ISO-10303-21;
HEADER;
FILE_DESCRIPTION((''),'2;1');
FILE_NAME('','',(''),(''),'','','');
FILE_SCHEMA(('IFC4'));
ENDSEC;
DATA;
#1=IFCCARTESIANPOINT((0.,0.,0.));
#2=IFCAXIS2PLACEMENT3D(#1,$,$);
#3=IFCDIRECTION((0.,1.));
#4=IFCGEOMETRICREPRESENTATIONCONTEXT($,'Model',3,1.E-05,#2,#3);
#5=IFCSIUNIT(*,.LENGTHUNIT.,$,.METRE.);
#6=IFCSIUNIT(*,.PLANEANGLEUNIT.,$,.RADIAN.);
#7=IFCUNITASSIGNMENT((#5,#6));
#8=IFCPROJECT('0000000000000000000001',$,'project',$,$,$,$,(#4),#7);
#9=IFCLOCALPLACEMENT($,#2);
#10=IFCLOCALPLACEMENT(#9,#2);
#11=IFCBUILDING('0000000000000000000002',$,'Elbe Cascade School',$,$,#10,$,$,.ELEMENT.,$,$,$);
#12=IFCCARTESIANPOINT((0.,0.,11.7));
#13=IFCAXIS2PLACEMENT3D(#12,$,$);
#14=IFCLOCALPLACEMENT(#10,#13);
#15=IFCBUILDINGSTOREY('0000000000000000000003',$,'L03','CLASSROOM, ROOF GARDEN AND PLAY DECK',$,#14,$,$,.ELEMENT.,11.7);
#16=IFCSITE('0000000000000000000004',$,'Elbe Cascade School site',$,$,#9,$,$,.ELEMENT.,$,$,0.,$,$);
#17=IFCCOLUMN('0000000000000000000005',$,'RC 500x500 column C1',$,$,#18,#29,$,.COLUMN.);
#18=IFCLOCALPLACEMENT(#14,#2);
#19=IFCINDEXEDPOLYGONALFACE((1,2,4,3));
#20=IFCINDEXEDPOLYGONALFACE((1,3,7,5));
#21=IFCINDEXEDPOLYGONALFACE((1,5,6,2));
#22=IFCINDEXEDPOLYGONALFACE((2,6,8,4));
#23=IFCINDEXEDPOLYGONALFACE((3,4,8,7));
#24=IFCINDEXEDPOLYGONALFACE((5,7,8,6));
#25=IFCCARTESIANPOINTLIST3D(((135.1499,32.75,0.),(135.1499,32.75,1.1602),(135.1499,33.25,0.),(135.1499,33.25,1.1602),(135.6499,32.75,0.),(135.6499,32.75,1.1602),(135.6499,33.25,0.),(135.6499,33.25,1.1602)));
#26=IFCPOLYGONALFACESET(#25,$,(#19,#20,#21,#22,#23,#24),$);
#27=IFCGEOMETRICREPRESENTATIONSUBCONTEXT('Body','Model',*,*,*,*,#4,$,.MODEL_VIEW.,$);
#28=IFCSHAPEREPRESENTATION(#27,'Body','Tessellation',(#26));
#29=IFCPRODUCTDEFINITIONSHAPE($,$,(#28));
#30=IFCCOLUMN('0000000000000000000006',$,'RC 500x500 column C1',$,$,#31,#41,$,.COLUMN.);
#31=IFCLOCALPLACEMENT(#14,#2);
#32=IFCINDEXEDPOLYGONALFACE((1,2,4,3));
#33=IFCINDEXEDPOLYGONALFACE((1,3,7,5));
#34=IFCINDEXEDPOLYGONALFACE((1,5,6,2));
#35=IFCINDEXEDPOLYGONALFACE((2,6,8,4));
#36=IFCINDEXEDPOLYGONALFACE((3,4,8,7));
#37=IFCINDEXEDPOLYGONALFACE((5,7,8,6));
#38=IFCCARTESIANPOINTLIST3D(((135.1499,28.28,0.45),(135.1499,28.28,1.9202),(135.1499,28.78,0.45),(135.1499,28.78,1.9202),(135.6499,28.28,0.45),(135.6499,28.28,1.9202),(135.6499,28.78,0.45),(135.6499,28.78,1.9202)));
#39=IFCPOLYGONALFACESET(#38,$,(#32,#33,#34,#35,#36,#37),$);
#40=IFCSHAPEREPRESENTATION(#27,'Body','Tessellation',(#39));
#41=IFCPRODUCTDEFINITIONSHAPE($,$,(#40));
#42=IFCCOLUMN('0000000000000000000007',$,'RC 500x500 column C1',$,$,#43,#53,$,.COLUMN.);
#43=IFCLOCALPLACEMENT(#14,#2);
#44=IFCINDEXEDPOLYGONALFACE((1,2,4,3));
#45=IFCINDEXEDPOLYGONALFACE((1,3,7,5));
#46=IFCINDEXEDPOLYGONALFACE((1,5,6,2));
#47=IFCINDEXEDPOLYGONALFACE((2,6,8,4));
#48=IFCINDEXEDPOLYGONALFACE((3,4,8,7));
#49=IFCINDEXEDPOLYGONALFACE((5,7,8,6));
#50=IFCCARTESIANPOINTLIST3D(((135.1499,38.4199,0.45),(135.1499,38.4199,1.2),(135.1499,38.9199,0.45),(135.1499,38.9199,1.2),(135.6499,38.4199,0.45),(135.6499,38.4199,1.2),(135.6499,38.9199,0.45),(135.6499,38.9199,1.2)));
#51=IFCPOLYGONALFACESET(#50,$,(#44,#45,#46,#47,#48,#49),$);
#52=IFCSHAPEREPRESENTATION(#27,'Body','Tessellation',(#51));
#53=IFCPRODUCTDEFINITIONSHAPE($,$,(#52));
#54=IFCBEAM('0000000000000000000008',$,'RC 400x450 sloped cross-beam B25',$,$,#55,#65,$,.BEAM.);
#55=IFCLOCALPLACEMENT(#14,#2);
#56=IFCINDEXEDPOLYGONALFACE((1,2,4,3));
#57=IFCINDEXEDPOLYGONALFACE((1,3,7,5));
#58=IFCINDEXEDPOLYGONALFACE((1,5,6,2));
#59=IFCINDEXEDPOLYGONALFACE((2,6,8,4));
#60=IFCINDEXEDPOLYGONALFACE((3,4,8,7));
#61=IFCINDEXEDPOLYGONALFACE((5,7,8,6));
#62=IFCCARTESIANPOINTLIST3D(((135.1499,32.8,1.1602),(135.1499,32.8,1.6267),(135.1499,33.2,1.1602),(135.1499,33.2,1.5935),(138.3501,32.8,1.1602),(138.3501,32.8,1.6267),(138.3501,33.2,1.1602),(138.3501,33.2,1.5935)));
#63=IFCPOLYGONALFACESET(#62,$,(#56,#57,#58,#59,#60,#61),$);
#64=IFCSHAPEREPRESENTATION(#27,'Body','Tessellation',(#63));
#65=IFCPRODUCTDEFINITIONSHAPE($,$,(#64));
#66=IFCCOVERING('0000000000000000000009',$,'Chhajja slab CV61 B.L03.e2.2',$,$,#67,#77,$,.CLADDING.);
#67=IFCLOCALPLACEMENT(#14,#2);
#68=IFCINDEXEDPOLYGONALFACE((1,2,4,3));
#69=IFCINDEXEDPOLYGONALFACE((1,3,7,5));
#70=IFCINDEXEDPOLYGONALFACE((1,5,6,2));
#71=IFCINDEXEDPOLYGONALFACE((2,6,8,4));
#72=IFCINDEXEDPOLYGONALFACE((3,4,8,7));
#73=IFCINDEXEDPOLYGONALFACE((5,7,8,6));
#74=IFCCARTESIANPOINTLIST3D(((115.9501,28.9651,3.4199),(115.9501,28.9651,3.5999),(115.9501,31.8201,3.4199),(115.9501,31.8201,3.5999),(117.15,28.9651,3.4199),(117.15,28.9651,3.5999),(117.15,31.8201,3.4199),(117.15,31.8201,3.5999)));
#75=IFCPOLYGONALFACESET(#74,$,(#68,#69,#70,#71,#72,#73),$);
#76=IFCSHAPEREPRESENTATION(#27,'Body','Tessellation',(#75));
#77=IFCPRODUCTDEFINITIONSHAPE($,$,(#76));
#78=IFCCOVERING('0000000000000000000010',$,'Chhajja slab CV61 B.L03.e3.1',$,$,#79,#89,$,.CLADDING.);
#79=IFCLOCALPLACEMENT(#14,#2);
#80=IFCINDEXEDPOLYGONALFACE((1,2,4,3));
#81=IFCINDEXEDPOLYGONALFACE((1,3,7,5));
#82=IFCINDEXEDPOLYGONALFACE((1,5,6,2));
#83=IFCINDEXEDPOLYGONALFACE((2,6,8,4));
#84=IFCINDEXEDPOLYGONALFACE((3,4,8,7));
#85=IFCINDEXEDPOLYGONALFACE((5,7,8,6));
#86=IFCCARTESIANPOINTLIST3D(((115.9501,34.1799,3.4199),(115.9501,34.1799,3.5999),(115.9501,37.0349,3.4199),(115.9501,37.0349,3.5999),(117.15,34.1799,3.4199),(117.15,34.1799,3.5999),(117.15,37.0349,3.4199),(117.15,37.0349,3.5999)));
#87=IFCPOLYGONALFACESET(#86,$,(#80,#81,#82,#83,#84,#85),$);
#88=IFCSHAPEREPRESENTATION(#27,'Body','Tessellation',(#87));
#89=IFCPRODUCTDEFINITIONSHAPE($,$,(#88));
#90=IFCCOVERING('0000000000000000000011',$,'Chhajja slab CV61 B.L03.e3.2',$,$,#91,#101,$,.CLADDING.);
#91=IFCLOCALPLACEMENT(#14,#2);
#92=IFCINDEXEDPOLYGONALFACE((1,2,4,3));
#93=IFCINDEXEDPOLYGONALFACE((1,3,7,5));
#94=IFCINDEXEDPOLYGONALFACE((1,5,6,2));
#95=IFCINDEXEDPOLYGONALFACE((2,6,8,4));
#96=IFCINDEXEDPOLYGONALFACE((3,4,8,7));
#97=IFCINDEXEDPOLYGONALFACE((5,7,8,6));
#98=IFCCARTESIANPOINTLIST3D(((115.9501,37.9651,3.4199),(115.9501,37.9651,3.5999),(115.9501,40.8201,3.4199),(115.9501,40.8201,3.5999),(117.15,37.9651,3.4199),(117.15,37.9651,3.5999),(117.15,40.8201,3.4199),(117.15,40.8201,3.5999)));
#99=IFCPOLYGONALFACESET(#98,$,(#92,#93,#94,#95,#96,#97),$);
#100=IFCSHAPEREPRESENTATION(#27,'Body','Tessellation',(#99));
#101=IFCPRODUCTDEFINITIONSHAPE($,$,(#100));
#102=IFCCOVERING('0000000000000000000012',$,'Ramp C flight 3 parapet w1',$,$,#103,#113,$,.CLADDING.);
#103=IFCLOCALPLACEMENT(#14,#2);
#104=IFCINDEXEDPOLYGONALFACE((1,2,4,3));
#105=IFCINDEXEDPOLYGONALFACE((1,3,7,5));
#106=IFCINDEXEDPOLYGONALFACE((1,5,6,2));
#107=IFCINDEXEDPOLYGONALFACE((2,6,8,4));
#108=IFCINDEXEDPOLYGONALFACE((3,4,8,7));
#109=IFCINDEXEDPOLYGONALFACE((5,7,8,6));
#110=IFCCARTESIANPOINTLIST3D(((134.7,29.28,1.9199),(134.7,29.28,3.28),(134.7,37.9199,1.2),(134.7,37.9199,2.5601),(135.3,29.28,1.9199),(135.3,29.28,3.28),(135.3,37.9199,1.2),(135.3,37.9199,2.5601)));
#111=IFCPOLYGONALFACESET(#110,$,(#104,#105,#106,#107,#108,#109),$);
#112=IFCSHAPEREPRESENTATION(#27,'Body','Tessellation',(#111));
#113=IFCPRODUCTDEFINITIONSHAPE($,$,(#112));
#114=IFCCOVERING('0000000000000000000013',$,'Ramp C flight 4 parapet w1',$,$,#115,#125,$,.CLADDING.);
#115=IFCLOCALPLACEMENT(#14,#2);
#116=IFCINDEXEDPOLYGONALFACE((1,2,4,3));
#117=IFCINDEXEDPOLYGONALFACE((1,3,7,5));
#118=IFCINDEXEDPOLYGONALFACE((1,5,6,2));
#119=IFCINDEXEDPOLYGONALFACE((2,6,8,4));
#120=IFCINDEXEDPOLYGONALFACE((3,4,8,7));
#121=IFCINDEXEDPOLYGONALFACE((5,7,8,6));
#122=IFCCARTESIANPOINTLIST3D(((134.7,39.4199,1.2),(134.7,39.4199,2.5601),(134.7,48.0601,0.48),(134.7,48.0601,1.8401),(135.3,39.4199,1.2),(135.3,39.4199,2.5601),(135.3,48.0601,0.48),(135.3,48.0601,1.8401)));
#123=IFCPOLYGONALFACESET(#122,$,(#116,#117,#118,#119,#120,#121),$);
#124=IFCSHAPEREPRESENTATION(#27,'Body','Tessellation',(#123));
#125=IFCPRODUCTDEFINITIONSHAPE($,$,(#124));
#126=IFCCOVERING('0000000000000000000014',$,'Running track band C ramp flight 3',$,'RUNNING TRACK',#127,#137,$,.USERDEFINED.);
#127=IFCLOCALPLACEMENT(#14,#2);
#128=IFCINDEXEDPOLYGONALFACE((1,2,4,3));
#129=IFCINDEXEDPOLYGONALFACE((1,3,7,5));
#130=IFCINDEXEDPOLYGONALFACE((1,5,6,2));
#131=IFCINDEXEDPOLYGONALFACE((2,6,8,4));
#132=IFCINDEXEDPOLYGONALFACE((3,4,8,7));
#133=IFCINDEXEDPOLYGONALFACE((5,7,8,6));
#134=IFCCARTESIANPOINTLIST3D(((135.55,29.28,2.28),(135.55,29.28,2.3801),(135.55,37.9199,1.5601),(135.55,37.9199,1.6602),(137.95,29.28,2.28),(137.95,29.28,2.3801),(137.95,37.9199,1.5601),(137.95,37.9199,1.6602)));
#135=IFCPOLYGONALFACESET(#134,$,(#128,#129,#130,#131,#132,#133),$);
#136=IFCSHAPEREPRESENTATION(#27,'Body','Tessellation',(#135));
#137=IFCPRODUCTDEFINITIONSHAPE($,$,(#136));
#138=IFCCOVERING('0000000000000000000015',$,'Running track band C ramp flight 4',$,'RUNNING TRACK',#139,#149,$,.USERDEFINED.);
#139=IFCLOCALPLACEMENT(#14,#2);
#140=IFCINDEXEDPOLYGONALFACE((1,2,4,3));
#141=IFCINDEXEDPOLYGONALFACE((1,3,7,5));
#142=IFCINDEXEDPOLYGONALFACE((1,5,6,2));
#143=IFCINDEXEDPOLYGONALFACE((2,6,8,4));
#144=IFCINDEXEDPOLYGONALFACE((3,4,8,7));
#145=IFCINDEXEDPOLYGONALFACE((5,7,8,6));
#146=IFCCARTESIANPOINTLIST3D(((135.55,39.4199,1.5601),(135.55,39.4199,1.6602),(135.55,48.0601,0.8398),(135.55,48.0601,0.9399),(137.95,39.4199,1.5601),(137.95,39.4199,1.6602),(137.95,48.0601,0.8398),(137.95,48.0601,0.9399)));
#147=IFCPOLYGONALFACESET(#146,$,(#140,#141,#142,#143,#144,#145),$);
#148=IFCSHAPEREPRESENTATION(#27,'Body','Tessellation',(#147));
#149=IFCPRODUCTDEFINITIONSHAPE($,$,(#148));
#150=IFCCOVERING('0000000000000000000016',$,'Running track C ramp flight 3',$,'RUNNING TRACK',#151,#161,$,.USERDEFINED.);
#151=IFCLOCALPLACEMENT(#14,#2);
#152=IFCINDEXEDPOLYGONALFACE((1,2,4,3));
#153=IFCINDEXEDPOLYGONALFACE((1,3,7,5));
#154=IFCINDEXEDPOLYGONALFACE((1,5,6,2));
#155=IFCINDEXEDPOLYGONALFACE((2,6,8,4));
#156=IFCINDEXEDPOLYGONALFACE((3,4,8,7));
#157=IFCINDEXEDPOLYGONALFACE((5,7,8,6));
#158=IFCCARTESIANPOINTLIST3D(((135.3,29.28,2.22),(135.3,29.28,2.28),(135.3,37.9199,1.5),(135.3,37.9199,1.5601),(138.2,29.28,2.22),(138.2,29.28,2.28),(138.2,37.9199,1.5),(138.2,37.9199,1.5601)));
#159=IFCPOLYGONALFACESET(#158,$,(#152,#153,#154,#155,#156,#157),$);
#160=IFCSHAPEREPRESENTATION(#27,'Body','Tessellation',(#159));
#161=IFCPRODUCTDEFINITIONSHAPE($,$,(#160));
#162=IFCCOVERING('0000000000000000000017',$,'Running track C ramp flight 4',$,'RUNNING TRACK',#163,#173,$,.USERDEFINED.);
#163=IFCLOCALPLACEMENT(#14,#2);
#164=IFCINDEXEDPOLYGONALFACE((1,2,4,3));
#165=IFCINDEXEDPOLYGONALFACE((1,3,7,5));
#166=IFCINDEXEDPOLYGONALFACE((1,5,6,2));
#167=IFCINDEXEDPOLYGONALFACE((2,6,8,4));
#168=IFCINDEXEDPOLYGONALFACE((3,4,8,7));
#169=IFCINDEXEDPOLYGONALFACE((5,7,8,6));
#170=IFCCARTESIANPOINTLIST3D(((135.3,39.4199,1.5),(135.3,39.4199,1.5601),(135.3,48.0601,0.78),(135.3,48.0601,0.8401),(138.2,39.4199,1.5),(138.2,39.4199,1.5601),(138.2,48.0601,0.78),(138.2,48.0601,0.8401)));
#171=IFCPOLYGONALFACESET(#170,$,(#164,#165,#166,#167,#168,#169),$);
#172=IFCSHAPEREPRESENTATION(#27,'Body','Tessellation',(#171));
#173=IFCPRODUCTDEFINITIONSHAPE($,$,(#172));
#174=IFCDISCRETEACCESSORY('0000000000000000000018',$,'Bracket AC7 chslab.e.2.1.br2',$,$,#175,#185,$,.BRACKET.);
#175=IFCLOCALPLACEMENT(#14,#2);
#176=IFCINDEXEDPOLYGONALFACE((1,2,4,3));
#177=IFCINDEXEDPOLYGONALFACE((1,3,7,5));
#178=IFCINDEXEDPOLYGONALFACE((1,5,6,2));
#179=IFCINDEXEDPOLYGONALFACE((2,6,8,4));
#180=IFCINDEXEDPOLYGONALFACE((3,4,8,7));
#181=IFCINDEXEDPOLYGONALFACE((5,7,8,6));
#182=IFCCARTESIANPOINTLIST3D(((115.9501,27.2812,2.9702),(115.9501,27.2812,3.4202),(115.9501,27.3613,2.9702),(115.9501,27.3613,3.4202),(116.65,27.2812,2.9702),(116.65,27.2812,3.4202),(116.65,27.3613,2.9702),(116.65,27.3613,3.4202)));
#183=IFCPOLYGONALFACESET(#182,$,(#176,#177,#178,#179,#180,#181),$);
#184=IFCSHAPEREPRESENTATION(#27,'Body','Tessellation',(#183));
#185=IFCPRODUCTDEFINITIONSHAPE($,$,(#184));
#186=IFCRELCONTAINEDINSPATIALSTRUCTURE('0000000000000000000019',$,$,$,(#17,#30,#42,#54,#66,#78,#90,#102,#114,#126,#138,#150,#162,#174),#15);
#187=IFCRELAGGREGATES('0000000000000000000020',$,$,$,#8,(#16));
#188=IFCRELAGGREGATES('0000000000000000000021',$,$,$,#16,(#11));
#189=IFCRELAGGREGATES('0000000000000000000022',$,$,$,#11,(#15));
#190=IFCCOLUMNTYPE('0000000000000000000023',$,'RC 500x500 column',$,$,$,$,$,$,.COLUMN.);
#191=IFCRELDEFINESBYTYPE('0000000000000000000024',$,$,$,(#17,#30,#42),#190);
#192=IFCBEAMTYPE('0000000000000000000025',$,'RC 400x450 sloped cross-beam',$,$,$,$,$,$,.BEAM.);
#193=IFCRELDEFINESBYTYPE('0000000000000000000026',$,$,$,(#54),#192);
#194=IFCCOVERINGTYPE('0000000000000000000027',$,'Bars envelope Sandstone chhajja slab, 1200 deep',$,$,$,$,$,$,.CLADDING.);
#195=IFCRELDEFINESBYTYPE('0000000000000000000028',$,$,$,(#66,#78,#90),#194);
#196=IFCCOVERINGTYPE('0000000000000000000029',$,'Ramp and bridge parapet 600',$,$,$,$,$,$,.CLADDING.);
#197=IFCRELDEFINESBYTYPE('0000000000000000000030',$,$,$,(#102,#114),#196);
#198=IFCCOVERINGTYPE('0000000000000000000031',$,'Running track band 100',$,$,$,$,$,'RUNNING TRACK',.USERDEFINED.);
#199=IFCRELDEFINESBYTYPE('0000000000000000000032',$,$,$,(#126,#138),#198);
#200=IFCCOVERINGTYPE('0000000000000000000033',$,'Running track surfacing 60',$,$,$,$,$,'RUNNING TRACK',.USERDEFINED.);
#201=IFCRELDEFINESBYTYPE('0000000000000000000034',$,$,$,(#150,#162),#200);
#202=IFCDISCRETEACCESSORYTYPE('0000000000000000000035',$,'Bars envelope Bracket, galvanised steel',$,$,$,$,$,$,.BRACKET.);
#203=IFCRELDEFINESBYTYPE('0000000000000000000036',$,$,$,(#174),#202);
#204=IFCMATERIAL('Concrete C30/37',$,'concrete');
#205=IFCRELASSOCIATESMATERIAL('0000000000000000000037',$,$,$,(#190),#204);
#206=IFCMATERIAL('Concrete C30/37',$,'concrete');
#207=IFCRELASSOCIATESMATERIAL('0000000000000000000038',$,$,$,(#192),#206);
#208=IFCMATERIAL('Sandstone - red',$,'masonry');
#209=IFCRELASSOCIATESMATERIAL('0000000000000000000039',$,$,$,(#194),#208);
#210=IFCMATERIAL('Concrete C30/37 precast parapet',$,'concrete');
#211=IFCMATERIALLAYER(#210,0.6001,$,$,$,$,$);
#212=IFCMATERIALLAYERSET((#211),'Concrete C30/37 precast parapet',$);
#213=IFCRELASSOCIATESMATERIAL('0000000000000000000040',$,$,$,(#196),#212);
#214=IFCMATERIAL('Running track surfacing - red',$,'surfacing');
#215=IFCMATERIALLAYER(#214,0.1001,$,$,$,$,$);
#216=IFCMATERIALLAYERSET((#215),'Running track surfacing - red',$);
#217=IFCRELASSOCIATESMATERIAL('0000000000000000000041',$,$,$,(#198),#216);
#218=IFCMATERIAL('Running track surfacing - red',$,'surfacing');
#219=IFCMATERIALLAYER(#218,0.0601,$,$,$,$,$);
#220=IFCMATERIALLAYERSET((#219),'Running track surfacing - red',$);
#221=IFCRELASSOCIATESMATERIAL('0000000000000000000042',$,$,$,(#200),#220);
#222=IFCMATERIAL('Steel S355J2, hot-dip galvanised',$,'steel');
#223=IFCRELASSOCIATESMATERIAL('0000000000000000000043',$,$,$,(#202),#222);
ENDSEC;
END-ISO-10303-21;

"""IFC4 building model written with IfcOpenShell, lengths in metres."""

from ifc_helpers import new_model, si_unit, direction, frame, origin, origin_2d, place, context, subcontext, project, spatial, polyline, rectangle, outline, extrude, material, layer, layer_set, material_profile, profile_set, type_object, element, save


model = new_model("IFC4")

# Units and contexts
model_context = context("Model", 3, precision=1e-05, world=origin(), true_north=direction((0.0, 1.0)))
body_context = subcontext(model_context, "Body", "Model", "MODEL_VIEW")
ifc_project = project(units=[si_unit("LENGTHUNIT", "METRE"), si_unit("PLANEANGLEUNIT", "RADIAN")], contexts=[model_context])

# Site, building, storey
site_placement = place(None, origin())
site = spatial("IfcSite", under=ifc_project, at=site_placement, Name="Elbe Cascade School site", CompositionType="ELEMENT", RefElevation=0.0)
building_placement = place(site_placement, origin())
building = spatial("IfcBuilding", under=site, at=building_placement, Name="Elbe Cascade School", CompositionType="ELEMENT")
storey_placement = place(building_placement, frame((0.0, 0.0, 11.7)))
storey = spatial("IfcBuildingStorey", under=building, at=storey_placement, Name="L03", Description="CLASSROOM, ROOF GARDEN AND PLAY DECK", CompositionType="ELEMENT", Elevation=11.7)

# Columns
ifc_material_1 = material(Name="Concrete C30/37", Category="concrete")
ifc_material_profile_1 = material_profile(ifc_material_1, rectangle(XDim=0.5, YDim=0.5, at=origin_2d()), Name="RC 500x500")
ifc_profile_set_1 = profile_set([ifc_material_profile_1], Name="Concrete C30/37")
column_type = type_object("IfcColumnType", Name="RC 500x500 column", PredefinedType="COLUMN", material=ifc_profile_set_1)
column_1_placement = place(storey_placement, frame((135.3999, 33.0, 0.0), z_axis=(0.0, 0.0, 1.0), x_axis=(1.0, 0.0, 0.0)))
element("IfcColumn", 1, at=column_1_placement, inside=storey, type_object=column_type, Name="RC 500x500 column C1", PredefinedType="COLUMN", context=body_context, shape_type="SweptSolid", body=[
    extrude(rectangle(XDim=0.5, YDim=0.5, at=origin_2d()), origin(), (0.0, 0.0, 1.0), 1.1602),
])
column_2_placement = place(storey_placement, frame((135.3999, 28.53, 0.45), z_axis=(0.0, 0.0, 1.0), x_axis=(1.0, 0.0, 0.0)))
element("IfcColumn", 2, at=column_2_placement, inside=storey, type_object=column_type, Name="RC 500x500 column C1", PredefinedType="COLUMN", context=body_context, shape_type="SweptSolid", body=[
    extrude(rectangle(XDim=0.5, YDim=0.5, at=origin_2d()), origin(), (0.0, 0.0, 1.0), 1.4702),
])
column_3_placement = place(storey_placement, frame((135.3999, 38.6699, 0.45), z_axis=(0.0, 0.0, 1.0), x_axis=(1.0, 0.0, 0.0)))
element("IfcColumn", 3, at=column_3_placement, inside=storey, type_object=column_type, Name="RC 500x500 column C1", PredefinedType="COLUMN", context=body_context, shape_type="SweptSolid", body=[
    extrude(rectangle(XDim=0.5, YDim=0.5, at=origin_2d()), origin(), (0.0, 0.0, 1.0), 0.75),
])

# Beam
ifc_material_2 = material(Name="Concrete C30/37", Category="concrete")
ifc_material_profile_2 = material_profile(ifc_material_2, outline(polyline([(-0.2, 0.0), (0.2, 0.0), (0.2, 0.4333), (-0.2, 0.4666), (-0.2, 0.0)])), Name="RC cross-beam 400x450 sloped top")
ifc_profile_set_2 = profile_set([ifc_material_profile_2], Name="Concrete C30/37")
beam_type = type_object("IfcBeamType", Name="RC 400x450 sloped cross-beam", PredefinedType="BEAM", material=ifc_profile_set_2)
beam_placement = place(storey_placement, frame((135.1499, 33.0, 1.1602), z_axis=(1.0, 0.0, 0.0), x_axis=(0.0, 1.0, 0.0)))
element("IfcBeam", 4, at=beam_placement, inside=storey, type_object=beam_type, Name="RC 400x450 sloped cross-beam B25", PredefinedType="BEAM", context=body_context, shape_type="SweptSolid", body=[
    extrude(outline(polyline([(-0.2, 0.0), (0.2, 0.0), (0.2, 0.4333), (-0.2, 0.4666), (-0.2, 0.0)])), origin(), (0.0, 0.0, 1.0), 3.2002),
])

# Coverings
ifc_material_3 = material(Name="Sandstone - red", Category="masonry")
covering_type_1 = type_object("IfcCoveringType", Name="Bars envelope Sandstone chhajja slab, 1200 deep", PredefinedType="CLADDING", material=ifc_material_3)
for number, where, z_axis, x_axis, name in (
    (5, (116.55, 30.3926, 3.4199), (0.0, 0.0, 1.0), (0.0, 1.0, 0.0), "Chhajja slab CV61 B.L03.e2.2"),
    (6, (116.55, 35.6074, 3.4199), (0.0, 0.0, 1.0), (0.0, 1.0, 0.0), "Chhajja slab CV61 B.L03.e3.1"),
    (7, (116.55, 39.3926, 3.4199), (0.0, 0.0, 1.0), (0.0, 1.0, 0.0), "Chhajja slab CV61 B.L03.e3.2"),
):
    element("IfcCovering", number, at=place(storey_placement, frame(where, z_axis=z_axis, x_axis=x_axis)), inside=storey, type_object=covering_type_1, Name=name, PredefinedType="CLADDING", context=body_context, shape_type="SweptSolid", body=[
        extrude(rectangle(XDim=2.855, YDim=1.2, at=origin_2d()), origin(), (0.0, 0.0, 1.0), 0.1799),
    ])
ifc_material_4 = material(Name="Concrete C30/37 precast parapet", Category="concrete")
ifc_layer_1 = layer(ifc_material_4, 0.6001)
ifc_layer_set_1 = layer_set([ifc_layer_1], Name="Concrete C30/37 precast parapet")
covering_type_2 = type_object("IfcCoveringType", Name="Ramp and bridge parapet 600", PredefinedType="CLADDING", material=ifc_layer_set_1)
covering_1_placement = place(storey_placement, frame((134.7, 29.28, 3.28), z_axis=(0.0, 0.083043, 0.996546), x_axis=(0.0, 0.996546, -0.083043)))
element("IfcCovering", 8, at=covering_1_placement, inside=storey, type_object=covering_type_2, Name="Ramp C flight 3 parapet w1", PredefinedType="CLADDING", context=body_context, shape_type="SweptSolid", body=[
    extrude(outline(polyline([(0.0, 0.0), (8.6698, 0.0), (8.6698, -0.6001), (0.0, -0.6001), (0.0, 0.0)])), origin(), (0.083043, 0.0, -0.996546), 1.3601),
])
covering_2_placement = place(storey_placement, frame((134.7, 39.4199, 2.5601), z_axis=(0.0, 0.083041, 0.996546), x_axis=(0.0, 0.996546, -0.083041)))
element("IfcCovering", 9, at=covering_2_placement, inside=storey, type_object=covering_type_2, Name="Ramp C flight 4 parapet w1", PredefinedType="CLADDING", context=body_context, shape_type="SweptSolid", body=[
    extrude(outline(polyline([(0.0, 0.0), (8.6701, 0.0), (8.6701, -0.6001), (0.0, -0.6001), (0.0, 0.0)])), origin(), (0.083041, 0.0, -0.996546), 1.3601),
])
ifc_material_5 = material(Name="Running track surfacing - red", Category="surfacing")
ifc_layer_2 = layer(ifc_material_5, 0.1001)
ifc_layer_set_2 = layer_set([ifc_layer_2], Name="Running track surfacing - red")
covering_type_3 = type_object("IfcCoveringType", Name="Running track band 100", ElementType="RUNNING TRACK", PredefinedType="USERDEFINED", material=ifc_layer_set_2)
covering_3_placement = place(storey_placement, frame((135.55, 29.28, 2.3801), z_axis=(0.0, 0.083043, 0.996546), x_axis=(0.0, 0.996546, -0.083043)))
element("IfcCovering", 10, at=covering_3_placement, inside=storey, type_object=covering_type_3, Name="Running track band C ramp flight 3", ObjectType="RUNNING TRACK", PredefinedType="USERDEFINED", context=body_context, shape_type="SweptSolid", body=[
    extrude(outline(polyline([(0.0, 0.0), (8.6698, 0.0), (8.6698, -2.3999), (0.0, -2.3999), (0.0, 0.0)])), origin(), (0.083043, 0.0, -0.996546), 0.1001),
])
covering_4_placement = place(storey_placement, frame((135.55, 39.4199, 1.6602), z_axis=(0.0, 0.083069, 0.996544), x_axis=(0.0, 0.996544, -0.083069)))
element("IfcCovering", 11, at=covering_4_placement, inside=storey, type_object=covering_type_3, Name="Running track band C ramp flight 4", ObjectType="RUNNING TRACK", PredefinedType="USERDEFINED", context=body_context, shape_type="SweptSolid", body=[
    extrude(outline(polyline([(0.0, 0.0), (8.6701, 0.0), (8.6701, -2.3999), (0.0, -2.3999), (0.0, 0.0)])), origin(), (0.083069, 0.0, -0.996544), 0.1001),
])
ifc_material_6 = material(Name="Running track surfacing - red", Category="surfacing")
ifc_layer_3 = layer(ifc_material_6, 0.0601)
ifc_layer_set_3 = layer_set([ifc_layer_3], Name="Running track surfacing - red")
covering_type_4 = type_object("IfcCoveringType", Name="Running track surfacing 60", ElementType="RUNNING TRACK", PredefinedType="USERDEFINED", material=ifc_layer_set_3)
covering_5_placement = place(storey_placement, frame((135.3, 29.28, 2.28), z_axis=(0.0, 0.083043, 0.996546), x_axis=(0.0, 0.996546, -0.083043)))
element("IfcCovering", 12, at=covering_5_placement, inside=storey, type_object=covering_type_4, Name="Running track C ramp flight 3", ObjectType="RUNNING TRACK", PredefinedType="USERDEFINED", context=body_context, shape_type="SweptSolid", body=[
    extrude(outline(polyline([(0.0, 0.0), (8.6698, 0.0), (8.6698, -2.8999), (0.0, -2.8999), (0.0, 0.0)])), origin(), (0.083043, 0.0, -0.996546), 0.0601),
])
covering_6_placement = place(storey_placement, frame((135.3, 39.4199, 1.5601), z_axis=(0.0, 0.083041, 0.996546), x_axis=(0.0, 0.996546, -0.083041)))
element("IfcCovering", 13, at=covering_6_placement, inside=storey, type_object=covering_type_4, Name="Running track C ramp flight 4", ObjectType="RUNNING TRACK", PredefinedType="USERDEFINED", context=body_context, shape_type="SweptSolid", body=[
    extrude(outline(polyline([(0.0, 0.0), (8.6701, 0.0), (8.6701, -2.8999), (0.0, -2.8999), (0.0, 0.0)])), origin(), (0.083041, 0.0, -0.996546), 0.0601),
])

# Discrete accessory
ifc_material_7 = material(Name="Steel S355J2, hot-dip galvanised", Category="steel")
discrete_accessory_type = type_object("IfcDiscreteAccessoryType", Name="Bars envelope Bracket, galvanised steel", PredefinedType="BRACKET", material=ifc_material_7)
for number, where, z_axis, x_axis, name in (
    (14, (116.3, 27.3213, 2.9702), (0.0, 0.0, 1.0), (0.0, 1.0, 0.0), "Bracket AC7 chslab.e.2.1.br2"),
):
    element("IfcDiscreteAccessory", number, at=place(storey_placement, frame(where, z_axis=z_axis, x_axis=x_axis)), inside=storey, type_object=discrete_accessory_type, Name=name, PredefinedType="BRACKET", context=body_context, shape_type="SweptSolid", body=[
        extrude(rectangle(XDim=0.0801, YDim=0.7, at=origin_2d()), origin(), (0.0, 0.0, 1.0), 0.45),
    ])

save(model, "model.ifc")
